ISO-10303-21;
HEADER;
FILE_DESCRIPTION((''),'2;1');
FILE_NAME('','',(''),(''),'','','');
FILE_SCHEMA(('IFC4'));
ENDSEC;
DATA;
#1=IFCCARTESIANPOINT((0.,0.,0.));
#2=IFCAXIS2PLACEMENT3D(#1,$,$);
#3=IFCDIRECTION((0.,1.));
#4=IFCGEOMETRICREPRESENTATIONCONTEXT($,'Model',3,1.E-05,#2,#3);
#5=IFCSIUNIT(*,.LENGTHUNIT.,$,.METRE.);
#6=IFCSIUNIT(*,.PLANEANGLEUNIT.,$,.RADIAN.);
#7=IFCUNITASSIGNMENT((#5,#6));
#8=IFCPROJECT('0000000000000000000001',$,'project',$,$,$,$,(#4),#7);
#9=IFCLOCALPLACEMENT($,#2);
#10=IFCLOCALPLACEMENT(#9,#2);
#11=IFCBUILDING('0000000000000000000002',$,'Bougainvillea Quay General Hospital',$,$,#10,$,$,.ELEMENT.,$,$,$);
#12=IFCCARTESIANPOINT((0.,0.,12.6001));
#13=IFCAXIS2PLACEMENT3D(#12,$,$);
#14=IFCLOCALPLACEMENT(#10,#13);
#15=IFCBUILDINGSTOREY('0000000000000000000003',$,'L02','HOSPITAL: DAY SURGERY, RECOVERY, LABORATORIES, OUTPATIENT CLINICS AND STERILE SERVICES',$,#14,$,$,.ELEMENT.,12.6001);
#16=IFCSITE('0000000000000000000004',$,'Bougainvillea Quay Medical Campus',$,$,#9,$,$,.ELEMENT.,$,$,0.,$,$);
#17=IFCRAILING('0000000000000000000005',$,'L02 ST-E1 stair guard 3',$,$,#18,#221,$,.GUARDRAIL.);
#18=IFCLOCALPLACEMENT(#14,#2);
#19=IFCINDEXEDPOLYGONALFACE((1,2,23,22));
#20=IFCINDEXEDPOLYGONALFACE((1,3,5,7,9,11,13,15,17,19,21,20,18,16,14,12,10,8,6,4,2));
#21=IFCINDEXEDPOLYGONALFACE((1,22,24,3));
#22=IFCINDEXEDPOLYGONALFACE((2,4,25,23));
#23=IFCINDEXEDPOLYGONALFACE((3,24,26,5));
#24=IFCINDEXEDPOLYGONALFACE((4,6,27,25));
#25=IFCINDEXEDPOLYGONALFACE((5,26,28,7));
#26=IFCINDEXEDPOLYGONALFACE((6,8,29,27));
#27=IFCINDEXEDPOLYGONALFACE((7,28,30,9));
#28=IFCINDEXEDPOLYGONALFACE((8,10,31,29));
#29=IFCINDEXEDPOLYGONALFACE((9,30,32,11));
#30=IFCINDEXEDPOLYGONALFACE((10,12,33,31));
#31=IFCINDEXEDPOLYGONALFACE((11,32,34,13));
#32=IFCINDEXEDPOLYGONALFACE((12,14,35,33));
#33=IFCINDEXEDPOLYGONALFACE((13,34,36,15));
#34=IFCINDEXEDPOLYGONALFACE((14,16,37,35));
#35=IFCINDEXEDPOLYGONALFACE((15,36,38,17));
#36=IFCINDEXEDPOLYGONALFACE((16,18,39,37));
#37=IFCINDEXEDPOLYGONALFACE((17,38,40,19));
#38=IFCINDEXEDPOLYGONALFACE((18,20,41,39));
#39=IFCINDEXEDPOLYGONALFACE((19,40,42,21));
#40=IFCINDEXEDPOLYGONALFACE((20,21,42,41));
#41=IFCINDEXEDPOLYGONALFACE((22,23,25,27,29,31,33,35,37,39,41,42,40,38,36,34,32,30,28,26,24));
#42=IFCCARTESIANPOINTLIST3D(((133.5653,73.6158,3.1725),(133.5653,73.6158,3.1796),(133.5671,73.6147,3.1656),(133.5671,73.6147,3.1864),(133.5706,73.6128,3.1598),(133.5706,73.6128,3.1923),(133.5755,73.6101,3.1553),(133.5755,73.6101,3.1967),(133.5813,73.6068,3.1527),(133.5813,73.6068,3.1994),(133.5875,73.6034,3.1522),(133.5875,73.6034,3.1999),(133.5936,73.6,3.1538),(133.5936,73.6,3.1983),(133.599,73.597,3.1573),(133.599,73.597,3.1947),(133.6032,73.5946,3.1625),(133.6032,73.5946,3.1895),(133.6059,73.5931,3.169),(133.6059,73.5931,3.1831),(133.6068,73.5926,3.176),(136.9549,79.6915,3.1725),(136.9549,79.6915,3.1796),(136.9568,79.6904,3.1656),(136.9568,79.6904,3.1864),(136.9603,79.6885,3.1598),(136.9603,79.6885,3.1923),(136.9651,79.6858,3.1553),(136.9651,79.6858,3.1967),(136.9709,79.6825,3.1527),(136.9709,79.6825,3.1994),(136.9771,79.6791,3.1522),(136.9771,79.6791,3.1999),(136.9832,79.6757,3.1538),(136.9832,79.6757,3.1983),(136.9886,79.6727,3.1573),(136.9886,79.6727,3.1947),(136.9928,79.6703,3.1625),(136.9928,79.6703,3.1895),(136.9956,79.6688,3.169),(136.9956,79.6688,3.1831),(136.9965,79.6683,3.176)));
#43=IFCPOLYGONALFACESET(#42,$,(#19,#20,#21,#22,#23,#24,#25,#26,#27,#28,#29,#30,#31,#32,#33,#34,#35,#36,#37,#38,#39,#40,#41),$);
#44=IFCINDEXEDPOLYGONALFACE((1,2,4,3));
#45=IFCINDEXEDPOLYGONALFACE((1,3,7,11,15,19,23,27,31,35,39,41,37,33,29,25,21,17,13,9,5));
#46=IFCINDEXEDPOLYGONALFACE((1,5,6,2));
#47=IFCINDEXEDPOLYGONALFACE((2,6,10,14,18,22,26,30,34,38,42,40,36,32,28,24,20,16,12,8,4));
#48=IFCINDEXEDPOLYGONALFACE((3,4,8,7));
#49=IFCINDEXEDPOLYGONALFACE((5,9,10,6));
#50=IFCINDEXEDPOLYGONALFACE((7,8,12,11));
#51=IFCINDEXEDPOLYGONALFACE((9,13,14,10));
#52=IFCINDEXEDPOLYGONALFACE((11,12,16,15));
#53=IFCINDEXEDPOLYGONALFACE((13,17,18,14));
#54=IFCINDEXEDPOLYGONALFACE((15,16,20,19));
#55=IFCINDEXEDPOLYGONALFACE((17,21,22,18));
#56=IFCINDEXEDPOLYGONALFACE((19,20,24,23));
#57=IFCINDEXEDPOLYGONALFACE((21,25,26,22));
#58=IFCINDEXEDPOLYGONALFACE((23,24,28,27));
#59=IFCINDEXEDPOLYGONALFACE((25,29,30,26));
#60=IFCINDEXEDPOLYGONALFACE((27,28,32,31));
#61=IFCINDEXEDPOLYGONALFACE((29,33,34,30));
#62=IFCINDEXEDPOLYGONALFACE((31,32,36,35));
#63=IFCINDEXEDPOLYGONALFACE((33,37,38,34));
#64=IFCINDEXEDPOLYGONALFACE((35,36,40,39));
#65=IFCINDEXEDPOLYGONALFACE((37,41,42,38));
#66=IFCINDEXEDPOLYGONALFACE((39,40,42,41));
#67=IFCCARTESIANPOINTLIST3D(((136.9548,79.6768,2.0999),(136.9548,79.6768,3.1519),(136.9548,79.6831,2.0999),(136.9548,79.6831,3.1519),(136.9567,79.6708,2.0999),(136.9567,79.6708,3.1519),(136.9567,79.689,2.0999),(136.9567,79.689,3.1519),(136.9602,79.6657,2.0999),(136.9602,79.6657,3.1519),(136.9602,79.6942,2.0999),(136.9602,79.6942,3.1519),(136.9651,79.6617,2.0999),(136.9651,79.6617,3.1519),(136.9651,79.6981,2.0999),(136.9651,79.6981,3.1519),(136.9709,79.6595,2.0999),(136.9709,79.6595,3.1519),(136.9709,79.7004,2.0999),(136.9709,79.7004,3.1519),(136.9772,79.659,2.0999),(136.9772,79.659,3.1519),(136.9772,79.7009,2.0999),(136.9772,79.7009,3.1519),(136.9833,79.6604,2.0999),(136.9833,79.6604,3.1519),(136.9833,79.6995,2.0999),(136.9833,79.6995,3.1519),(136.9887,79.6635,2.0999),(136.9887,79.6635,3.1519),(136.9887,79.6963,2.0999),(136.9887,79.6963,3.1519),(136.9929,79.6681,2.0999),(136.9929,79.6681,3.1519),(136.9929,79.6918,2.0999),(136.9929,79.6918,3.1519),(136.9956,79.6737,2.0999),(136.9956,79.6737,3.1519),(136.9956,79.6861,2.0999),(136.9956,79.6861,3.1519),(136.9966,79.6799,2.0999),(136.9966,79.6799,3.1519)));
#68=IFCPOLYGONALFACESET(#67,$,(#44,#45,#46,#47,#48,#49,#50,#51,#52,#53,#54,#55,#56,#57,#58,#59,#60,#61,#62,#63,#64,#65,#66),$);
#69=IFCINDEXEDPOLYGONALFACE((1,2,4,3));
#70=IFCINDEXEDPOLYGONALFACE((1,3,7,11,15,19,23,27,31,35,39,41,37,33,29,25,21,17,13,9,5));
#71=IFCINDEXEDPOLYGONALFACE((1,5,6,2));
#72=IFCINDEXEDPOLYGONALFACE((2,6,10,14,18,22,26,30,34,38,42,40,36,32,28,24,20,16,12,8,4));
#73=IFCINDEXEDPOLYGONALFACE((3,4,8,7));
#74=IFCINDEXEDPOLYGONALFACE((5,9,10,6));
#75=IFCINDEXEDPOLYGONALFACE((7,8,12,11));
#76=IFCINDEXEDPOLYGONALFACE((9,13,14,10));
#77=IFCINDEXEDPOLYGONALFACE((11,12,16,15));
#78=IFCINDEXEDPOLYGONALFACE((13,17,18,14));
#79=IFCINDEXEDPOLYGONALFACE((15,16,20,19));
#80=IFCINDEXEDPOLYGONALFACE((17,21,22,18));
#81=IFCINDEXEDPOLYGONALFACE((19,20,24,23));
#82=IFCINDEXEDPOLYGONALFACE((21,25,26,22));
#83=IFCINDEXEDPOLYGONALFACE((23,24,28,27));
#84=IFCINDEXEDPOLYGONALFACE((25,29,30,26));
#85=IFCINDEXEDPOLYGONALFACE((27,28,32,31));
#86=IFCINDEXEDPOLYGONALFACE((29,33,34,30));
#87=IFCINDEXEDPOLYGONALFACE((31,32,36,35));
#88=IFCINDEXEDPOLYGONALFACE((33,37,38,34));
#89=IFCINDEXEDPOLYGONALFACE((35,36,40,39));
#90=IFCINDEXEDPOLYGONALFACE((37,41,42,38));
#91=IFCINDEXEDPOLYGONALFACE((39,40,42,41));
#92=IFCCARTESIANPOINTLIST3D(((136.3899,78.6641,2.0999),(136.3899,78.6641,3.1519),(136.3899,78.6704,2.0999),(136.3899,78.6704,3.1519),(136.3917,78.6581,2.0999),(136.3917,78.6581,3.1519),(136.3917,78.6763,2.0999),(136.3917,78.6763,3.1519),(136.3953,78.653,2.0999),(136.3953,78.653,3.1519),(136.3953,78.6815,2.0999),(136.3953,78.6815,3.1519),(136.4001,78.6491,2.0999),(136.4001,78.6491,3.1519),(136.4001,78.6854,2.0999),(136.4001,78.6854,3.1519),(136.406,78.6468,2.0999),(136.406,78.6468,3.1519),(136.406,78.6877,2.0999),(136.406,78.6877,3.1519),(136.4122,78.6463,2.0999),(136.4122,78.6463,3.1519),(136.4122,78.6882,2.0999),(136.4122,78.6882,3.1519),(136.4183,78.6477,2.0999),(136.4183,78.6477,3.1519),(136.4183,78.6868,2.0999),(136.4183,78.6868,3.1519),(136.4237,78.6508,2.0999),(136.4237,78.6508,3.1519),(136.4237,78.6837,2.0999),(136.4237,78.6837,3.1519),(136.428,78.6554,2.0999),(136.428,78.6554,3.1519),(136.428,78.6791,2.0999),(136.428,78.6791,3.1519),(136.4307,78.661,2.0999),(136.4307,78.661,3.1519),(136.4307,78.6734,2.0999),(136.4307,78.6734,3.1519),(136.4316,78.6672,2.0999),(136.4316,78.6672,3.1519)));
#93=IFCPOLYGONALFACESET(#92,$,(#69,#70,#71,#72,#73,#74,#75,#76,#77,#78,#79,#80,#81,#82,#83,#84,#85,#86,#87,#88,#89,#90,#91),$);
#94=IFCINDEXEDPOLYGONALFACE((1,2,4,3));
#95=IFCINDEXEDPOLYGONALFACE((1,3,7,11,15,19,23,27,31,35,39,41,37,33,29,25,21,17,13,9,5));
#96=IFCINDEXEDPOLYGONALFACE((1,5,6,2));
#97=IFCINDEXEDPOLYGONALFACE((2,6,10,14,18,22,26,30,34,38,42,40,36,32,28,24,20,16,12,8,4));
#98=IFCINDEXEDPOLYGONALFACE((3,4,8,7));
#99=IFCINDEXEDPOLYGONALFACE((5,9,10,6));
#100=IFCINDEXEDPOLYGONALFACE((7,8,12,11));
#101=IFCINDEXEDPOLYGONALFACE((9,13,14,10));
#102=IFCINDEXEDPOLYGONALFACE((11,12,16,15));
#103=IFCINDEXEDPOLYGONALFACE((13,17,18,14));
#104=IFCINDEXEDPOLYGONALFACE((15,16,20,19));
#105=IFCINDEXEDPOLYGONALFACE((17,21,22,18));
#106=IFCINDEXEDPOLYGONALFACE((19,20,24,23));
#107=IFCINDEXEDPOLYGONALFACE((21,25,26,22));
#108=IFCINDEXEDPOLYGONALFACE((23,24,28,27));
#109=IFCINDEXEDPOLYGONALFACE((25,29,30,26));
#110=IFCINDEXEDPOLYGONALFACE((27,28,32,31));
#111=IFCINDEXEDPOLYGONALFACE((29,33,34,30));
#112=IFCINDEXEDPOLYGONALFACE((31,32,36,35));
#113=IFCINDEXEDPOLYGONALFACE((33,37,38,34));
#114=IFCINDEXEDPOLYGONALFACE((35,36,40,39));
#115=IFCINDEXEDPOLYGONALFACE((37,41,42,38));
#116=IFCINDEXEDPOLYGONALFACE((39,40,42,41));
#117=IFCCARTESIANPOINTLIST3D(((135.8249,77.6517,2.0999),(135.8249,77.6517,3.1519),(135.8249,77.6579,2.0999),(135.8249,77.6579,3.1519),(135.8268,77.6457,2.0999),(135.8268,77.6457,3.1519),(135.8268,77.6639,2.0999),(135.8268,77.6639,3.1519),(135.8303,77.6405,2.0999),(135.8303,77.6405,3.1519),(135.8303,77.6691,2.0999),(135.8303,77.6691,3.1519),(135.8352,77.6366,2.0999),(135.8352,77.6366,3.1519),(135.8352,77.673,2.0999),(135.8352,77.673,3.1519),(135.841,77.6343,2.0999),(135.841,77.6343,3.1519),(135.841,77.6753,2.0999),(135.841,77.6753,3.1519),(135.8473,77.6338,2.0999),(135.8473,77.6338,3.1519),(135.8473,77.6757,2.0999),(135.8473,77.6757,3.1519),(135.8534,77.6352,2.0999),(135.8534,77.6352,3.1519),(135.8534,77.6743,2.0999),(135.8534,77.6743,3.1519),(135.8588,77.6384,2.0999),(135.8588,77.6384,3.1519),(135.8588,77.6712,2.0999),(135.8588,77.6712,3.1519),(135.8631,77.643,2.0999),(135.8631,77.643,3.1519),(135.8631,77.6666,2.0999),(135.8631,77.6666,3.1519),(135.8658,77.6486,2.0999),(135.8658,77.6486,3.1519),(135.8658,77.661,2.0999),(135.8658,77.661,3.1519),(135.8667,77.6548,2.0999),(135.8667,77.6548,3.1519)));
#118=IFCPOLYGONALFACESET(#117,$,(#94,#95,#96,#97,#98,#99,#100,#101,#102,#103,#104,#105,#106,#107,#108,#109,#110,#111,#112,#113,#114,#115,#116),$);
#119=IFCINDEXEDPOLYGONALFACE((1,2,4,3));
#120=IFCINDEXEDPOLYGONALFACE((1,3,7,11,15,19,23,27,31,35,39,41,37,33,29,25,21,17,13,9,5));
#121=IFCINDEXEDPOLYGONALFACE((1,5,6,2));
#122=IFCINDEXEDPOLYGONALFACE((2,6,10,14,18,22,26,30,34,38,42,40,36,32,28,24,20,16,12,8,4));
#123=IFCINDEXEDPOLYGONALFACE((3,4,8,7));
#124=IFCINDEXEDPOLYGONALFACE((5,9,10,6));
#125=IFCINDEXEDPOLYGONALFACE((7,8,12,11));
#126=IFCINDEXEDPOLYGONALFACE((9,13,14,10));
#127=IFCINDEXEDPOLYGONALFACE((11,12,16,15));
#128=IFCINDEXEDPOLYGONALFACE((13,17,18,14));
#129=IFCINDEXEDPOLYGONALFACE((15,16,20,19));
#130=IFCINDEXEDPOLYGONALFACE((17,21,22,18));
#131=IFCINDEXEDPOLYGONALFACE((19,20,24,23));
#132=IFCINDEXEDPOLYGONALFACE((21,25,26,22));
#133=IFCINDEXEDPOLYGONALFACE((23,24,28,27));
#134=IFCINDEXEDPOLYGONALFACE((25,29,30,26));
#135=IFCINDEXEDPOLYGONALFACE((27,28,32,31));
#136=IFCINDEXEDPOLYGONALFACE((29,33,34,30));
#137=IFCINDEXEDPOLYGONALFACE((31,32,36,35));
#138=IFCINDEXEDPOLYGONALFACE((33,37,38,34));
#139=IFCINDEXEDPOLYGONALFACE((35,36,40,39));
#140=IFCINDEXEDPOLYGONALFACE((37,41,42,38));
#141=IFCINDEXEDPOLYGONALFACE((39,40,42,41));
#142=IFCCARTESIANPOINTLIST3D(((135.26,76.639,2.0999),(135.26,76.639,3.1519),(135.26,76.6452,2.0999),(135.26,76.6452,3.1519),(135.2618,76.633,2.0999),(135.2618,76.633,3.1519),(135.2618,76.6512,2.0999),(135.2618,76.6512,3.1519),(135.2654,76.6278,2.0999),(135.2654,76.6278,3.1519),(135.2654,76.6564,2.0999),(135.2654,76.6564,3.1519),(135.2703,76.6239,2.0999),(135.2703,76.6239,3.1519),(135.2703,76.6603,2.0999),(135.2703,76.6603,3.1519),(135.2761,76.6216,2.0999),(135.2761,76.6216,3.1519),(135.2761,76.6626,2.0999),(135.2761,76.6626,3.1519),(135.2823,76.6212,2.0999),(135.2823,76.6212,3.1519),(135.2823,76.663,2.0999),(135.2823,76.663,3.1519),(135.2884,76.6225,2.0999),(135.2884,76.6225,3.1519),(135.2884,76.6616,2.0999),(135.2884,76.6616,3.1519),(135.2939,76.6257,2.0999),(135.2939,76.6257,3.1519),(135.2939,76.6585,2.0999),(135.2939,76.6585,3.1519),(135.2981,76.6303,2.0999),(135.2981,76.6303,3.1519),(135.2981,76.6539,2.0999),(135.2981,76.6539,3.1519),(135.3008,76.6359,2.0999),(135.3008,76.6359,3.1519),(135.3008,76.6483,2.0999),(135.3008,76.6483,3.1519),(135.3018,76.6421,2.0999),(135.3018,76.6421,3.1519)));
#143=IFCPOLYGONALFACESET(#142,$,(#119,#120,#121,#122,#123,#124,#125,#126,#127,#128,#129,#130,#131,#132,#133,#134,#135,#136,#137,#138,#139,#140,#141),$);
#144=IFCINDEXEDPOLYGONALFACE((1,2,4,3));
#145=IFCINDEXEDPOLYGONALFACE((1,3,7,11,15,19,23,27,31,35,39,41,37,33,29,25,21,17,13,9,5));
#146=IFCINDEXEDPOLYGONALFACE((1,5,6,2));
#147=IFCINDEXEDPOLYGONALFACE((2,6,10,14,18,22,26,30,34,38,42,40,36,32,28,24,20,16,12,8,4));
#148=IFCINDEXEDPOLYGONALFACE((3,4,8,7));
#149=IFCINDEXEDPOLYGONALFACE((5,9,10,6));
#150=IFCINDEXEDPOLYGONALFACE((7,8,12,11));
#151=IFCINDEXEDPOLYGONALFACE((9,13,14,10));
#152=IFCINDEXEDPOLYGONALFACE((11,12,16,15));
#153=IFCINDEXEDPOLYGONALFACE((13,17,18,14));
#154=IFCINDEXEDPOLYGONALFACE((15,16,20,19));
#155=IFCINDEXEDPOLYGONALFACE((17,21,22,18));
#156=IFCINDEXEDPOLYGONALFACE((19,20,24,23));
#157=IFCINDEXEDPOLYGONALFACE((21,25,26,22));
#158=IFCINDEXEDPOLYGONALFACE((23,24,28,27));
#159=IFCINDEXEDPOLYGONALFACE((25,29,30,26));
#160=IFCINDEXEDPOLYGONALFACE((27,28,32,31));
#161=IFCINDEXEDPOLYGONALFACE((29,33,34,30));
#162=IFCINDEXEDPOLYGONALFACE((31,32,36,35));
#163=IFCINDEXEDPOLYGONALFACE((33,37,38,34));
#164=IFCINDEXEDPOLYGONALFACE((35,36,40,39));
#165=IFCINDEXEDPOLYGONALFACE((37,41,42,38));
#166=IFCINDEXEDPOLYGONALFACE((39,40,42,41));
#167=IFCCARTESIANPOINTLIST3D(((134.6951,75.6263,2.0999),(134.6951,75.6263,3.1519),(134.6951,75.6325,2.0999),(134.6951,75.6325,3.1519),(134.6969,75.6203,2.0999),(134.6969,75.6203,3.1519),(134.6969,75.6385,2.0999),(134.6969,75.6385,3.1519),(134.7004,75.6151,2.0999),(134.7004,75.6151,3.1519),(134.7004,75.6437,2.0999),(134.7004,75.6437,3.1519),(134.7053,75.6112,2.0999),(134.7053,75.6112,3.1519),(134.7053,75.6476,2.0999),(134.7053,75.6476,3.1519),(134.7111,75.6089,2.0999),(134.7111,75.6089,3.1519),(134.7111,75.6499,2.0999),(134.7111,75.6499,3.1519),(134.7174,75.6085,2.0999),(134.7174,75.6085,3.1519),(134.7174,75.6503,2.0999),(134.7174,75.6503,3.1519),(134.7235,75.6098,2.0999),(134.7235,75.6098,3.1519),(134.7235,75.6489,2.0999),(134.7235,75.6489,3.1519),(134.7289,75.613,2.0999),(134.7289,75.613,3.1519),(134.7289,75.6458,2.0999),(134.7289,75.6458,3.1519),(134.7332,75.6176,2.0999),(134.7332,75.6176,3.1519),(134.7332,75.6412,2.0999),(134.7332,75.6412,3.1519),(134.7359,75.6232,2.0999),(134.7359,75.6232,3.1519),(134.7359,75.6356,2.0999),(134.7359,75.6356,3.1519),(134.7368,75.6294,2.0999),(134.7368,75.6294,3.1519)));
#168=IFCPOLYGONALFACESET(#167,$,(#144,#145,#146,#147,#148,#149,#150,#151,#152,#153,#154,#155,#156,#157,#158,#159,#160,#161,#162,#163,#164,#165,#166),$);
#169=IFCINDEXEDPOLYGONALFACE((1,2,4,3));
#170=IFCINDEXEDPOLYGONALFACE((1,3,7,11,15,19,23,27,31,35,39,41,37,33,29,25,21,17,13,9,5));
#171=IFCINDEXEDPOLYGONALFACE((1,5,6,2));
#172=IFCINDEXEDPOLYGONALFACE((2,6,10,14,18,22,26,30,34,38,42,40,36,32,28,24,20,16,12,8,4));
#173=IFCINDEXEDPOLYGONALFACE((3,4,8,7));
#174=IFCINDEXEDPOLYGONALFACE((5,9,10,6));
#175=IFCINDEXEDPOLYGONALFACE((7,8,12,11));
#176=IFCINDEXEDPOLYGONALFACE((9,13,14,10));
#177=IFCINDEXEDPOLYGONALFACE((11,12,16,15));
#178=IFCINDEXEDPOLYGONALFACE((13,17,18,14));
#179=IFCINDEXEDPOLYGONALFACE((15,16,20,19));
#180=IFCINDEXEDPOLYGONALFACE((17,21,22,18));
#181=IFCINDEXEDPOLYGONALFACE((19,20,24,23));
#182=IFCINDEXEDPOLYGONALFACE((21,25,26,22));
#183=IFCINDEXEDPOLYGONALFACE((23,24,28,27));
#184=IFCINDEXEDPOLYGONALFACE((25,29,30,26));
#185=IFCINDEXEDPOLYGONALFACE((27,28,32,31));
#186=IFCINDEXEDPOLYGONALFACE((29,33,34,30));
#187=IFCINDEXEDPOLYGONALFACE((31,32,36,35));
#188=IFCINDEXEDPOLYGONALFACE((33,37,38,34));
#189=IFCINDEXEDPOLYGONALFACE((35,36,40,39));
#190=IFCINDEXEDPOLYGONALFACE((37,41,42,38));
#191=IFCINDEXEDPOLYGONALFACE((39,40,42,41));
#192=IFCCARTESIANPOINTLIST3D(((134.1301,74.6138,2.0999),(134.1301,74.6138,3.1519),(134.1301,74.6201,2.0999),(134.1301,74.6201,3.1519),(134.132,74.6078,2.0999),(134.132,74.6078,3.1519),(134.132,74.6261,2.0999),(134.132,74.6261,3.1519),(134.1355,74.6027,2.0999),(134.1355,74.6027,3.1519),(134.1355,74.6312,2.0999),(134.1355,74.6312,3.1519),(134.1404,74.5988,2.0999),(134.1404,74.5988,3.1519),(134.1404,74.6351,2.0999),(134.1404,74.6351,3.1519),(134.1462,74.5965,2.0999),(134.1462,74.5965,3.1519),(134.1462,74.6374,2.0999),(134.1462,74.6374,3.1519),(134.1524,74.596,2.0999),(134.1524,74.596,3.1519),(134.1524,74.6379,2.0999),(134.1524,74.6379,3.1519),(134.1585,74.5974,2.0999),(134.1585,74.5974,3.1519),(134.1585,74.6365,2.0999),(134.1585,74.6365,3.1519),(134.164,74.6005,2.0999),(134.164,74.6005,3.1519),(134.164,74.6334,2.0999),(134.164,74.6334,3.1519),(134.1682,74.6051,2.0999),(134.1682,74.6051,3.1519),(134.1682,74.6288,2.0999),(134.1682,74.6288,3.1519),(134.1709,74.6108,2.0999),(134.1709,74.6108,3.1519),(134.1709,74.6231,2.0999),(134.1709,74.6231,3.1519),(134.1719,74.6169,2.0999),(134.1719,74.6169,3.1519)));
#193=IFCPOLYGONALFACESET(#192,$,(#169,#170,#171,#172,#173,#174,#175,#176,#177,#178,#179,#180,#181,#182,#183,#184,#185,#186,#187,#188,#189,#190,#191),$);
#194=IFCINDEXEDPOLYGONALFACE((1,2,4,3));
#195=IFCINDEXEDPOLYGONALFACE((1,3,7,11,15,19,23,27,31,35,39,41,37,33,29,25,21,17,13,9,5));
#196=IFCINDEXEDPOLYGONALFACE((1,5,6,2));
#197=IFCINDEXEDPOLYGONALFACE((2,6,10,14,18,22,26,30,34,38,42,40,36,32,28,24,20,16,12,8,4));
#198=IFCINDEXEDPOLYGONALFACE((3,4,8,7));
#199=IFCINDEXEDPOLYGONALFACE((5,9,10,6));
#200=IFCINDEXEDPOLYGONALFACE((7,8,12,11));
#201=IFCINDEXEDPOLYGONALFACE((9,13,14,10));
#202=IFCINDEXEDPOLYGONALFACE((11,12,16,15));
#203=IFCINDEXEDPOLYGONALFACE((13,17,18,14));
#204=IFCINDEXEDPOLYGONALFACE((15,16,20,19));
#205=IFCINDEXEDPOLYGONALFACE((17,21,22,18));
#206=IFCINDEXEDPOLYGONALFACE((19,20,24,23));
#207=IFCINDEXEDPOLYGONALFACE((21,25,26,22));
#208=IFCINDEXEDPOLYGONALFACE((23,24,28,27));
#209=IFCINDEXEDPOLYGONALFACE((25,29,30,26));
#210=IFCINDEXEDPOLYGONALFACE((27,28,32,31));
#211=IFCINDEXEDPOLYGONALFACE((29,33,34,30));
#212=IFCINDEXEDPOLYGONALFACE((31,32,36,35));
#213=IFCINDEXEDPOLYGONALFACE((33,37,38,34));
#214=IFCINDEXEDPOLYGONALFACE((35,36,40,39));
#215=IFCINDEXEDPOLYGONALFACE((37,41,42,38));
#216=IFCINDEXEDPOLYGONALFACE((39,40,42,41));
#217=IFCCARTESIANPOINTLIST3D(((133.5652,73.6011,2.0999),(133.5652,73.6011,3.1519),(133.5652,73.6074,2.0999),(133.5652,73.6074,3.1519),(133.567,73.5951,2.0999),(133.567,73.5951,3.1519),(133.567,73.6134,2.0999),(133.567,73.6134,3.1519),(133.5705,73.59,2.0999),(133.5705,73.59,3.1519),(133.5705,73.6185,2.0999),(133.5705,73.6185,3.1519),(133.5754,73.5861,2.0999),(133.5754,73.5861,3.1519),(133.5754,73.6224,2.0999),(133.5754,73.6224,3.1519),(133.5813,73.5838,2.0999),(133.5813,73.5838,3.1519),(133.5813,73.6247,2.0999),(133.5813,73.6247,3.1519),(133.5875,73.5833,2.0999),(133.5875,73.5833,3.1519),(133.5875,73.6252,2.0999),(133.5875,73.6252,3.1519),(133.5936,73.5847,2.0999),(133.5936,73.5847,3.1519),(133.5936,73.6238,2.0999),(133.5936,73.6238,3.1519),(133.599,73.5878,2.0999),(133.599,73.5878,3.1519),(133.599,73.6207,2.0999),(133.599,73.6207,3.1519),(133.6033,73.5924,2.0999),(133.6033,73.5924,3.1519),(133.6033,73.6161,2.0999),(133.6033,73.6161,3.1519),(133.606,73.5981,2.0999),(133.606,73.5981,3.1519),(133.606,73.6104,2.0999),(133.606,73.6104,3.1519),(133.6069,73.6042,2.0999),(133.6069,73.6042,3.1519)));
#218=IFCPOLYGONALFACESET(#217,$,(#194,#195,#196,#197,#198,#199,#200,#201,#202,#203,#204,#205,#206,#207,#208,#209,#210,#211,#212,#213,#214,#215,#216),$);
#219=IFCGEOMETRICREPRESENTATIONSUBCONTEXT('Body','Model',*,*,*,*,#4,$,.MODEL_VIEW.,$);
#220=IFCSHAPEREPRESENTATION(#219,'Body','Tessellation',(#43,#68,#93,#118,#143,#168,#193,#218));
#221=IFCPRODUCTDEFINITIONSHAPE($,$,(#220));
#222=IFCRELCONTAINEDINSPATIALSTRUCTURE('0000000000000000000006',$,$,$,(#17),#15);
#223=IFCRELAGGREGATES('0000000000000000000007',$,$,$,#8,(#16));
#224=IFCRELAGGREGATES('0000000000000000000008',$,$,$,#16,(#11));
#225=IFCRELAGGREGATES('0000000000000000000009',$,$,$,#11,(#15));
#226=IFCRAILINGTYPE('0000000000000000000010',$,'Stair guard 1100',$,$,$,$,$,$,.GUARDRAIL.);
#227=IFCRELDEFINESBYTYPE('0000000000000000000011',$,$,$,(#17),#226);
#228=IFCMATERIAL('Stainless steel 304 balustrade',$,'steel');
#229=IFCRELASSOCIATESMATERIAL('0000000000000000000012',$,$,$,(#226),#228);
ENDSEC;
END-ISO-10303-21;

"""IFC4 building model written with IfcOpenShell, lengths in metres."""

from ifc_helpers import new_model, si_unit, direction, frame, origin, origin_2d, place, context, subcontext, project, spatial, circle, extrude, material, type_object, element, save


model = new_model("IFC4")

# Units and contexts
model_context = context("Model", 3, precision=1e-05, world=origin(), true_north=direction((0.0, 1.0)))
body_context = subcontext(model_context, "Body", "Model", "MODEL_VIEW")
ifc_project = project(units=[si_unit("LENGTHUNIT", "METRE"), si_unit("PLANEANGLEUNIT", "RADIAN")], contexts=[model_context])

# Site, building, storey
site_placement = place(None, origin())
site = spatial("IfcSite", under=ifc_project, at=site_placement, Name="Bougainvillea Quay Medical Campus", CompositionType="ELEMENT", RefElevation=0.0)
building_placement = place(site_placement, origin())
building = spatial("IfcBuilding", under=site, at=building_placement, Name="Bougainvillea Quay General Hospital", CompositionType="ELEMENT")
storey_placement = place(building_placement, frame((0.0, 0.0, 12.6001)))
storey = spatial("IfcBuildingStorey", under=building, at=storey_placement, Name="L02", Description="HOSPITAL: DAY SURGERY, RECOVERY, LABORATORIES, OUTPATIENT CLINICS AND STERILE SERVICES", CompositionType="ELEMENT", Elevation=12.6001)

# Railing
ifc_material_1 = material(Name="Stainless steel 304 balustrade", Category="steel")
railing_type_1 = type_object("IfcRailingType", Name="Stair guard 1100", PredefinedType="GUARDRAIL", material=ifc_material_1)
railing_1_placement = place(storey_placement, frame((136.9756, 79.6799, 2.0999)))
element("IfcRailing", 1, at=railing_1_placement, inside=storey, type_object=railing_type_1, Name="L02 ST-E1 stair guard 3", PredefinedType="GUARDRAIL", context=body_context, shape_type="SweptSolid", body=[
    extrude(circle(Radius=0.0239, at=origin_2d()), frame((0.0, 0.0, 1.0762), z_axis=(-0.487209, -0.873285, 0.0), x_axis=(0.873285, -0.487209, 0.0)), (0.0, 0.0, 1.0), 6.9573),
    extrude(circle(Radius=0.021, at=origin_2d()), origin(), (0.0, 0.0, 1.0), 1.052),
    extrude(circle(Radius=0.021, at=origin_2d()), frame((-0.5649, -1.0127, 0.0)), (0.0, 0.0, 1.0), 1.052),
    extrude(circle(Radius=0.021, at=origin_2d()), frame((-1.1299, -2.0251, 0.0)), (0.0, 0.0, 1.0), 1.052),
    extrude(circle(Radius=0.021, at=origin_2d()), frame((-1.6948, -3.0378, 0.0)), (0.0, 0.0, 1.0), 1.052),
    extrude(circle(Radius=0.021, at=origin_2d()), frame((-2.2598, -4.0505, 0.0)), (0.0, 0.0, 1.0), 1.052),
    extrude(circle(Radius=0.021, at=origin_2d()), frame((-2.8247, -5.063, 0.0)), (0.0, 0.0, 1.0), 1.052),
    extrude(circle(Radius=0.021, at=origin_2d()), frame((-3.3896, -6.0757, 0.0)), (0.0, 0.0, 1.0), 1.052),
])

save(model, "model.ifc")
